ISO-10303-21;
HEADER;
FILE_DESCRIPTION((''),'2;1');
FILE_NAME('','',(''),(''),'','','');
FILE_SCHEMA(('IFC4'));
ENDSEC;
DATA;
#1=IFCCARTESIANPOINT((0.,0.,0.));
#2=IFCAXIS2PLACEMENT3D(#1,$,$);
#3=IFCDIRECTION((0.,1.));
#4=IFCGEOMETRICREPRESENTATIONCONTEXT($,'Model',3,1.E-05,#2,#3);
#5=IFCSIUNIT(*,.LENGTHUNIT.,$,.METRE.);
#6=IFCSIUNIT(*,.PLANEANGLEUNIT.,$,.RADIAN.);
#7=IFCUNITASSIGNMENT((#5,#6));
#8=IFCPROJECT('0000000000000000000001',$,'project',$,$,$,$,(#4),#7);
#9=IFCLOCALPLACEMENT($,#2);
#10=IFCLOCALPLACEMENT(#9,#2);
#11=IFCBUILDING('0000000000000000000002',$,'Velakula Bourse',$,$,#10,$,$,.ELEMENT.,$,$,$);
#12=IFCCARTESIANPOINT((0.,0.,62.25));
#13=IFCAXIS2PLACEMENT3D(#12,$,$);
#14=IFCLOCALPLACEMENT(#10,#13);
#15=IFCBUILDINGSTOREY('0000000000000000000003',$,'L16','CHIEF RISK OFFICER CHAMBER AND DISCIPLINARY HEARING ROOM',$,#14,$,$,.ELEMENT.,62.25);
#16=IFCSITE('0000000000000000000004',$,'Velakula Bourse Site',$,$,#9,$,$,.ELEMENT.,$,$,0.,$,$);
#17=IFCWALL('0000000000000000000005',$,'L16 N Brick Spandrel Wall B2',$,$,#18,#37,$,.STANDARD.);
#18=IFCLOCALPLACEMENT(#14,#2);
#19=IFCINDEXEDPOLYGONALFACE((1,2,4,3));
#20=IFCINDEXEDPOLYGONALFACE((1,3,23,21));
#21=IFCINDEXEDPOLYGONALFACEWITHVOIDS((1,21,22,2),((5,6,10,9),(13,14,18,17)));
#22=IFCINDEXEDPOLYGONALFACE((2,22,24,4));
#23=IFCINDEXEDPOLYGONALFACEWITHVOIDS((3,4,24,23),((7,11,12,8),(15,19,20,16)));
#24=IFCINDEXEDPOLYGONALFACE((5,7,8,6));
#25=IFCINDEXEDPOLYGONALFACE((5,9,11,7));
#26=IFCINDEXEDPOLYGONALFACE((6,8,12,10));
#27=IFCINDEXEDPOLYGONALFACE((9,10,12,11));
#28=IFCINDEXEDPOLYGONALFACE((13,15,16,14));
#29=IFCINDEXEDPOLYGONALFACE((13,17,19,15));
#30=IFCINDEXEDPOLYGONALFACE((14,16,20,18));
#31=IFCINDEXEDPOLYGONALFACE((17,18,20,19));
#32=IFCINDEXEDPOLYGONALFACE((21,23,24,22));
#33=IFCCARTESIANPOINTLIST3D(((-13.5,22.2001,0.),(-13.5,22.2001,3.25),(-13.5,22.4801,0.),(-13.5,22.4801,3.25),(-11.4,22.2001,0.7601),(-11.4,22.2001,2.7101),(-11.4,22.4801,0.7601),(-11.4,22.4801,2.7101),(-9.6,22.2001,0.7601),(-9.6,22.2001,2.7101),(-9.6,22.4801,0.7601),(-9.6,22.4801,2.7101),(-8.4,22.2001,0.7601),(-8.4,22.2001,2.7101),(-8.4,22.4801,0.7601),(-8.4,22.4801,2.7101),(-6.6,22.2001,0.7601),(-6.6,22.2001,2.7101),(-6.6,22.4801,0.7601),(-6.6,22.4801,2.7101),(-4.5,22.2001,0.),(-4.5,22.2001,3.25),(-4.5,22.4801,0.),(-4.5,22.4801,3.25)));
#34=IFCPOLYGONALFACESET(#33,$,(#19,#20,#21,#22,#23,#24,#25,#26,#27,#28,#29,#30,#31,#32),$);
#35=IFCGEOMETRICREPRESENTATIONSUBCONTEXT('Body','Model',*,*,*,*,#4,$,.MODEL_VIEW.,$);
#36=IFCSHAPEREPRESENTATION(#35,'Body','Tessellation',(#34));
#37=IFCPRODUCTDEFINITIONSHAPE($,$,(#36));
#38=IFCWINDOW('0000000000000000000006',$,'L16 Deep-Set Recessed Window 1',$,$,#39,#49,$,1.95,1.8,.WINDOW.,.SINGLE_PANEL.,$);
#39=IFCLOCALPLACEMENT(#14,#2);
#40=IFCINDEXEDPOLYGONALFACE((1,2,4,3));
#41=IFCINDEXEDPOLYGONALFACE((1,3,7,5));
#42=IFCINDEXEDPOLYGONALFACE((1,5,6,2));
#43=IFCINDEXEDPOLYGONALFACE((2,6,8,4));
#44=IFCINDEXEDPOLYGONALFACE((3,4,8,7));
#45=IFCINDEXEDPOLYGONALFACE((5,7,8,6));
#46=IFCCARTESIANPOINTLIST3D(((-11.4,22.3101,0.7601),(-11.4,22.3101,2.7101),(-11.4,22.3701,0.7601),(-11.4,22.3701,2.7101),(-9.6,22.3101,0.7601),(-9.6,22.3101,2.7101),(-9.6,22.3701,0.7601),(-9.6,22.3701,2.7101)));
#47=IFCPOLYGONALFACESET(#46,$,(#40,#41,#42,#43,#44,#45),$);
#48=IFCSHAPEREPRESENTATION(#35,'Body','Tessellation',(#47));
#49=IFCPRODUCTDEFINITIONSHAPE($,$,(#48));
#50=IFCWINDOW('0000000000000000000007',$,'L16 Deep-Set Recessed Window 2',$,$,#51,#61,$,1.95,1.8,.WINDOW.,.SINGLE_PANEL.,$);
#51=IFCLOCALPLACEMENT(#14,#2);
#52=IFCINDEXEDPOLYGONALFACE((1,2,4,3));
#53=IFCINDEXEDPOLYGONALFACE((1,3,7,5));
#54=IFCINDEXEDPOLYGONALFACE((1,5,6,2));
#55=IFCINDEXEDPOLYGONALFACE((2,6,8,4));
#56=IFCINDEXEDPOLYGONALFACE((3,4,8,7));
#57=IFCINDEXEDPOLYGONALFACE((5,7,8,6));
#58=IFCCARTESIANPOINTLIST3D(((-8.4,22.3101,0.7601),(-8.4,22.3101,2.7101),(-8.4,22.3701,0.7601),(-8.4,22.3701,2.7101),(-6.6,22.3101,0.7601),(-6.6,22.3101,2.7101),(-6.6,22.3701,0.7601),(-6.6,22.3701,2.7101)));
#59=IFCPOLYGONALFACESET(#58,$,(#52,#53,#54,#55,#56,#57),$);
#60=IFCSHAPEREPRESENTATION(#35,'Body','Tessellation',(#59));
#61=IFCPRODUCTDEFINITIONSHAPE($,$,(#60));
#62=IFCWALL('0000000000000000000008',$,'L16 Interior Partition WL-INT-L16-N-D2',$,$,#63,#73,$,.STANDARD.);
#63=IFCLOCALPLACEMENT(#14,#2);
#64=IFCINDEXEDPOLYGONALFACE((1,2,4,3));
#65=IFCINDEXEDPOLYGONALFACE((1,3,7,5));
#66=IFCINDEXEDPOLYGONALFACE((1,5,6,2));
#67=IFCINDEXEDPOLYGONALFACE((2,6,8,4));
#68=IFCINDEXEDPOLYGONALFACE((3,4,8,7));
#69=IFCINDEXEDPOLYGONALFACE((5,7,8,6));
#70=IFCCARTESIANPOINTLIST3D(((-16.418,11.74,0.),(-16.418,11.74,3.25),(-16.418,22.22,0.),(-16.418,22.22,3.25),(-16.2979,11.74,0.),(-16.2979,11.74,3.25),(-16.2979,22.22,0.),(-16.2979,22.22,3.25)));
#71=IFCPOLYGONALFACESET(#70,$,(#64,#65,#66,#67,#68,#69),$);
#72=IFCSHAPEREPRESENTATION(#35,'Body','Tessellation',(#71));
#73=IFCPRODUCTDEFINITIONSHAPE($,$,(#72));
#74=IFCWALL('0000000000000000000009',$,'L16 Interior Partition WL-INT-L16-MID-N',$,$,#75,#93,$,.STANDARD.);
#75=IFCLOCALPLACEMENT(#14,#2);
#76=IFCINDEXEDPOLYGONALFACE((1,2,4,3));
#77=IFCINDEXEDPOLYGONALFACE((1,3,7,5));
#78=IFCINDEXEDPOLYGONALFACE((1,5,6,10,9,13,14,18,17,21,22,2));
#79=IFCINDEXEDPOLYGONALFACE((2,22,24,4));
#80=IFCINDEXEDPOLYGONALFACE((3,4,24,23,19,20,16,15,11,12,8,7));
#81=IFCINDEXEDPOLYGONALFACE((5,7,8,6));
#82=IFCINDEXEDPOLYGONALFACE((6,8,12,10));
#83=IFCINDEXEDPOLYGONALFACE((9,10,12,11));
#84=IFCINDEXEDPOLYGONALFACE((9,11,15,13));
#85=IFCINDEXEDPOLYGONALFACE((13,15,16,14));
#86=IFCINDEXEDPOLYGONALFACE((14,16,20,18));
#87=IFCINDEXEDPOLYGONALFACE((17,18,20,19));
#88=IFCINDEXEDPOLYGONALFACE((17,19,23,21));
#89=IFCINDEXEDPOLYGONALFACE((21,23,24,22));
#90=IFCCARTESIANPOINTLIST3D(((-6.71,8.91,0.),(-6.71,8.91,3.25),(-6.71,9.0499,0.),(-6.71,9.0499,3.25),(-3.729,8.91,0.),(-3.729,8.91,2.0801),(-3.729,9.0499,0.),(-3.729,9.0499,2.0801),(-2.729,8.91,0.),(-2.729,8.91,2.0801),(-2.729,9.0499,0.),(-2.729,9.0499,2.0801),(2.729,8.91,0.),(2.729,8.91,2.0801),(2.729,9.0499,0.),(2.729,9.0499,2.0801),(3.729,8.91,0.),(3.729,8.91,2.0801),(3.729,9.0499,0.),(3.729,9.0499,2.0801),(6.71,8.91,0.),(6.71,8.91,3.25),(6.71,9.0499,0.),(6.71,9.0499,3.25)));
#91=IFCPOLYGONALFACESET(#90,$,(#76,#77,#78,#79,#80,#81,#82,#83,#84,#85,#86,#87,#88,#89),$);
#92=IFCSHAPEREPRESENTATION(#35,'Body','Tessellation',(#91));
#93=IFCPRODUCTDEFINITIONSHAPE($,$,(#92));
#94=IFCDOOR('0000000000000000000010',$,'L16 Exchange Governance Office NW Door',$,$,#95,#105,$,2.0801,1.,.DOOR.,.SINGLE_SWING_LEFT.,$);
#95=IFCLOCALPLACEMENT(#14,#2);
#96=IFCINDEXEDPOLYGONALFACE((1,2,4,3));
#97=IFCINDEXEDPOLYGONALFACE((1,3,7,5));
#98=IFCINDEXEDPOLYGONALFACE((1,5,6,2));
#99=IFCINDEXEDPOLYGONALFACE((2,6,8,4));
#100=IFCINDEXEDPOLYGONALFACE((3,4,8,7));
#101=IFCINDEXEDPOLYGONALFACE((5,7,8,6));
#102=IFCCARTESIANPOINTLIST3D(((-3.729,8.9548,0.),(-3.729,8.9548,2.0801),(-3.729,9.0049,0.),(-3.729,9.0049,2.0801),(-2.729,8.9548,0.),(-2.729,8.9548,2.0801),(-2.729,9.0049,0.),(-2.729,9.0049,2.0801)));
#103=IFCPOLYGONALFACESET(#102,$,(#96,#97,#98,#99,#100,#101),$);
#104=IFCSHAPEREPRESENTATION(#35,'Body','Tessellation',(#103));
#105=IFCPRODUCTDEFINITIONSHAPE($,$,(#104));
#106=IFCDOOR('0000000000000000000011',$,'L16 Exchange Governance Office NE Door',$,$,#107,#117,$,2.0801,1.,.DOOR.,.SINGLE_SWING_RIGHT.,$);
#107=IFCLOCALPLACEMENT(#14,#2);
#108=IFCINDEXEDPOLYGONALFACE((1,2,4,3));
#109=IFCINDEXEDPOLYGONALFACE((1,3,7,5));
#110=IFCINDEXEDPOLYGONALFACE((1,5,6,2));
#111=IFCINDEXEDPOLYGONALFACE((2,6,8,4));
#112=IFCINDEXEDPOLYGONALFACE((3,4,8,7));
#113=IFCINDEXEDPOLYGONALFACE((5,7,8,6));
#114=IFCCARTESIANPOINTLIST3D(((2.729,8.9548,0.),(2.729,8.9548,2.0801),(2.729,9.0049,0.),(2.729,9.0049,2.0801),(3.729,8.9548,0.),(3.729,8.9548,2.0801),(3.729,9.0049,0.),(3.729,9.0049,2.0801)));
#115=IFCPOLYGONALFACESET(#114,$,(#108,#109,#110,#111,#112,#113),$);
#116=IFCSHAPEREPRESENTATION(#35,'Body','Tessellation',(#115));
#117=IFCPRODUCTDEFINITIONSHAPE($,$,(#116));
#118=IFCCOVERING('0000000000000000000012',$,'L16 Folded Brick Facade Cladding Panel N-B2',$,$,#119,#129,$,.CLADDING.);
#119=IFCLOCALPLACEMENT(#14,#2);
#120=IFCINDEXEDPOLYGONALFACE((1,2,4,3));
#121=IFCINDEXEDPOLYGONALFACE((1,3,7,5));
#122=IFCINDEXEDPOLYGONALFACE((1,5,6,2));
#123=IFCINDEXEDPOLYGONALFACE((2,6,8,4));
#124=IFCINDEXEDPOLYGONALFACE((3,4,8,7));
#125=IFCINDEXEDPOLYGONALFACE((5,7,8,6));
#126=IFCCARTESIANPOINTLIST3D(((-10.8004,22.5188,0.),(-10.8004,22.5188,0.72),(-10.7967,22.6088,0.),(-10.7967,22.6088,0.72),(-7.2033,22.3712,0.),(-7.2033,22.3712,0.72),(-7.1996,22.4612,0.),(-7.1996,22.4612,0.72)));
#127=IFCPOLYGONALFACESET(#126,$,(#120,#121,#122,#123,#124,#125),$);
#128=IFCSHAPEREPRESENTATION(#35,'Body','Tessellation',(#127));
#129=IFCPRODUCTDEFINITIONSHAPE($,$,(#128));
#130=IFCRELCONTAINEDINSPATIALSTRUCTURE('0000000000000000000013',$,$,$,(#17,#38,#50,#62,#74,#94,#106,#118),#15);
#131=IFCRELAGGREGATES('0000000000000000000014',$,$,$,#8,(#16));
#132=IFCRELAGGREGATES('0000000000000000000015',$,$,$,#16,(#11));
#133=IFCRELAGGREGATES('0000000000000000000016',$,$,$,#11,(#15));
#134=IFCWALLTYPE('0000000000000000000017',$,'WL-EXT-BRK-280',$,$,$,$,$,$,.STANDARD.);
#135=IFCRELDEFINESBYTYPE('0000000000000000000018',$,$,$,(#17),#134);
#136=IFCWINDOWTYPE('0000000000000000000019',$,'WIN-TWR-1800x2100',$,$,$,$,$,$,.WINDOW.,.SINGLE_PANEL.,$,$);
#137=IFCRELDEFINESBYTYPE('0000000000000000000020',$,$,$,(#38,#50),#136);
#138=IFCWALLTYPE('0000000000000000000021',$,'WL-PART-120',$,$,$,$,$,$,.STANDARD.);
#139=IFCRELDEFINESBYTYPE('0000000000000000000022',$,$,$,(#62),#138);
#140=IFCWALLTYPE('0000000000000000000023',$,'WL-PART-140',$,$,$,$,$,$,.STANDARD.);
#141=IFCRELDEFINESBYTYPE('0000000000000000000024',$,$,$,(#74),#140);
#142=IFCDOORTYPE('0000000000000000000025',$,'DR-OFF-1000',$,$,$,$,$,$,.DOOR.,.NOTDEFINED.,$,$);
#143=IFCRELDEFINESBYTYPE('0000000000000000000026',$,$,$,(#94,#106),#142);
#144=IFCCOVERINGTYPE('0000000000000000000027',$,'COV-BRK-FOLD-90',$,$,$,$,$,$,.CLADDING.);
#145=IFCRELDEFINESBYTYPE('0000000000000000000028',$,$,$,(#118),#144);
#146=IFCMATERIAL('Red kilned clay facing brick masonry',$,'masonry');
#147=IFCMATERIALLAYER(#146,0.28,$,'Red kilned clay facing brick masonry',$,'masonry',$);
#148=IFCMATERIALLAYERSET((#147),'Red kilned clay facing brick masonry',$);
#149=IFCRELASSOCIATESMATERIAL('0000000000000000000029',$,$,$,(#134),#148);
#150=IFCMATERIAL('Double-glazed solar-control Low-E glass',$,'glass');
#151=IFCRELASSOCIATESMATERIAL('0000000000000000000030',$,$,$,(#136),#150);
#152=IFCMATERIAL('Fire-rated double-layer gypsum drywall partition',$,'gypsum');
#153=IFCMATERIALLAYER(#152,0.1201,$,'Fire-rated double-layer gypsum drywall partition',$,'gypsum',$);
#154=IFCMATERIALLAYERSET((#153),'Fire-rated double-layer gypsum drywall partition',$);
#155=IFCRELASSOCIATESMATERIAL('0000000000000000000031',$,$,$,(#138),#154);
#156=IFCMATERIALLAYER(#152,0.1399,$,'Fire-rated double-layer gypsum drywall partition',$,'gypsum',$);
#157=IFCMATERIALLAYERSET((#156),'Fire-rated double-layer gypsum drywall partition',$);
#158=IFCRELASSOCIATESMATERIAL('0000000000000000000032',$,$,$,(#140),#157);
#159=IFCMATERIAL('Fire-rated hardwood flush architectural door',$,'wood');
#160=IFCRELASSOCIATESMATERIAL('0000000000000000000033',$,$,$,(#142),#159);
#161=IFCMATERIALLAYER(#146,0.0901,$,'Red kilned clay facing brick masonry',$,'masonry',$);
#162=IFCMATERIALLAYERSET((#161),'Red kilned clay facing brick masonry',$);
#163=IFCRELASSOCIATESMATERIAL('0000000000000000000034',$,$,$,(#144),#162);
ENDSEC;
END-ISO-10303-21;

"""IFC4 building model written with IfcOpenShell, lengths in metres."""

from ifc_helpers import new_model, si_unit, direction, frame, frame_2d, origin, origin_2d, place, context, subcontext, project, spatial, rectangle, extrude, material, layer, layer_set, type_object, element, fill, save


model = new_model("IFC4")

# Units and contexts
model_context = context("Model", 3, precision=1e-05, world=origin(), true_north=direction((0.0, 1.0)))
body_context = subcontext(model_context, "Body", "Model", "MODEL_VIEW")
ifc_project = project(units=[si_unit("LENGTHUNIT", "METRE"), si_unit("PLANEANGLEUNIT", "RADIAN")], contexts=[model_context])

# Site, building, storey
site_placement = place(None, origin())
site = spatial("IfcSite", under=ifc_project, at=site_placement, Name="Velakula Bourse Site", CompositionType="ELEMENT", RefElevation=0.0)
building_placement = place(site_placement, origin())
building = spatial("IfcBuilding", under=site, at=building_placement, Name="Velakula Bourse", CompositionType="ELEMENT")
storey_placement = place(building_placement, frame((0.0, 0.0, 62.25)))
storey = spatial("IfcBuildingStorey", under=building, at=storey_placement, Name="L16", Description="CHIEF RISK OFFICER CHAMBER AND DISCIPLINARY HEARING ROOM", CompositionType="ELEMENT", Elevation=62.25)

# Wall, openings, windows
ifc_material_1 = material(Name="Red kilned clay facing brick masonry", Category="masonry")
ifc_layer_1 = layer(ifc_material_1, 0.28, Name="Red kilned clay facing brick masonry", Category="masonry")
ifc_layer_set_1 = layer_set([ifc_layer_1], Name="Red kilned clay facing brick masonry")
wall_type_1 = type_object("IfcWallType", Name="WL-EXT-BRK-280", PredefinedType="STANDARD", material=ifc_layer_set_1)
wall_1_placement = place(storey_placement, frame((-13.5, 22.3401, 0.0), z_axis=(0.0, 0.0, 1.0), x_axis=(1.0, 0.0, 0.0)))
wall_1 = element("IfcWall", 1, at=wall_1_placement, inside=storey, type_object=wall_type_1, Name="L16 N Brick Spandrel Wall B2", PredefinedType="STANDARD", context=body_context, shape_type="SweptSolid", body=[
    extrude(rectangle(XDim=9.0, YDim=0.28, at=frame_2d((4.5, 0.0))), origin(), (0.0, 0.0, 1.0), 3.25),
])
opening_1_placement = place(wall_1_placement, frame((2.1001, 0.0, 0.76)))
opening_1 = element("IfcOpeningElement", 2, at=opening_1_placement, cuts=wall_1, PredefinedType="OPENING", context=body_context, shape_type="SweptSolid", body=[
    extrude(rectangle(XDim=1.8, YDim=1.95, at=frame_2d((0.8999, 0.9751))), frame((0.0, 0.1499, 0.0), z_axis=(0.0, -1.0, 0.0), x_axis=(1.0, 0.0, 0.0)), (0.0, 0.0, 1.0), 0.3),
])
opening_2_placement = place(wall_1_placement, frame((5.1001, 0.0, 0.76)))
opening_2 = element("IfcOpeningElement", 3, at=opening_2_placement, cuts=wall_1, PredefinedType="OPENING", context=body_context, shape_type="SweptSolid", body=[
    extrude(rectangle(XDim=1.8, YDim=1.95, at=frame_2d((0.8999, 0.9751))), frame((0.0, 0.1499, 0.0), z_axis=(0.0, -1.0, 0.0), x_axis=(1.0, 0.0, 0.0)), (0.0, 0.0, 1.0), 0.3),
])
ifc_material_2 = material(Name="Double-glazed solar-control Low-E glass", Category="glass")
window_type = type_object("IfcWindowType", Name="WIN-TWR-1800x2100", PartitioningType="SINGLE_PANEL", PredefinedType="WINDOW", material=ifc_material_2)
window_1_placement = place(opening_1_placement, origin())
window_1 = element("IfcWindow", 4, at=window_1_placement, inside=storey, type_object=window_type, Name="L16 Deep-Set Recessed Window 1", OverallHeight=1.95, OverallWidth=1.8, PartitioningType="SINGLE_PANEL", PredefinedType="WINDOW", context=body_context, shape_type="SweptSolid", body=[
    extrude(rectangle(XDim=1.8, YDim=1.95, at=frame_2d((0.8999, 0.9751))), frame((0.0, 0.03, 0.0), z_axis=(0.0, -1.0, 0.0), x_axis=(1.0, 0.0, 0.0)), (0.0, 0.0, 1.0), 0.0601),
])
fill(opening_1, window_1)
window_2_placement = place(opening_2_placement, origin())
window_2 = element("IfcWindow", 5, at=window_2_placement, inside=storey, type_object=window_type, Name="L16 Deep-Set Recessed Window 2", OverallHeight=1.95, OverallWidth=1.8, PartitioningType="SINGLE_PANEL", PredefinedType="WINDOW", context=body_context, shape_type="SweptSolid", body=[
    extrude(rectangle(XDim=1.8, YDim=1.95, at=frame_2d((0.8999, 0.9751))), frame((0.0, 0.03, 0.0), z_axis=(0.0, -1.0, 0.0), x_axis=(1.0, 0.0, 0.0)), (0.0, 0.0, 1.0), 0.0601),
])
fill(opening_2, window_2)

# Wall
ifc_material_3 = material(Name="Fire-rated double-layer gypsum drywall partition", Category="gypsum")
ifc_layer_2 = layer(ifc_material_3, 0.1201, Name="Fire-rated double-layer gypsum drywall partition", Category="gypsum")
ifc_layer_set_2 = layer_set([ifc_layer_2], Name="Fire-rated double-layer gypsum drywall partition")
wall_type_2 = type_object("IfcWallType", Name="WL-PART-120", PredefinedType="STANDARD", material=ifc_layer_set_2)
wall_2_placement = place(storey_placement, frame((-16.3579, 11.74, 0.0), z_axis=(0.0, 0.0, 1.0), x_axis=(0.0, 1.0, 0.0)))
element("IfcWall", 6, at=wall_2_placement, inside=storey, type_object=wall_type_2, Name="L16 Interior Partition WL-INT-L16-N-D2", PredefinedType="STANDARD", context=body_context, shape_type="SweptSolid", body=[
    extrude(rectangle(XDim=10.48, YDim=0.1201, at=frame_2d((5.24, 0.0))), origin(), (0.0, 0.0, 1.0), 3.25),
])

# Wall, openings, doors
ifc_layer_3 = layer(ifc_material_3, 0.1399, Name="Fire-rated double-layer gypsum drywall partition", Category="gypsum")
ifc_layer_set_3 = layer_set([ifc_layer_3], Name="Fire-rated double-layer gypsum drywall partition")
wall_type_3 = type_object("IfcWallType", Name="WL-PART-140", PredefinedType="STANDARD", material=ifc_layer_set_3)
wall_3_placement = place(storey_placement, frame((-6.71, 8.98, 0.0), z_axis=(0.0, 0.0, 1.0), x_axis=(1.0, 0.0, 0.0)))
wall_3 = element("IfcWall", 7, at=wall_3_placement, inside=storey, type_object=wall_type_3, Name="L16 Interior Partition WL-INT-L16-MID-N", PredefinedType="STANDARD", context=body_context, shape_type="SweptSolid", body=[
    extrude(rectangle(XDim=13.4199, YDim=0.1399, at=frame_2d((6.71, 0.0))), origin(), (0.0, 0.0, 1.0), 3.25),
])
opening_3_placement = place(wall_3_placement, frame((2.981, 0.0, 0.0)))
opening_3 = element("IfcOpeningElement", 8, at=opening_3_placement, cuts=wall_3, PredefinedType="OPENING", context=body_context, shape_type="SweptSolid", body=[
    extrude(rectangle(XDim=1.0, YDim=2.0801, at=frame_2d((0.5, 1.04))), frame((0.0, 0.0798, 0.0), z_axis=(0.0, -1.0, 0.0), x_axis=(1.0, 0.0, 0.0)), (0.0, 0.0, 1.0), 0.1599),
])
opening_4_placement = place(wall_3_placement, frame((9.439, 0.0, 0.0)))
opening_4 = element("IfcOpeningElement", 9, at=opening_4_placement, cuts=wall_3, PredefinedType="OPENING", context=body_context, shape_type="SweptSolid", body=[
    extrude(rectangle(XDim=1.0, YDim=2.0801, at=frame_2d((0.5, 1.04))), frame((0.0, 0.0798, 0.0), z_axis=(0.0, -1.0, 0.0), x_axis=(1.0, 0.0, 0.0)), (0.0, 0.0, 1.0), 0.1599),
])
ifc_material_4 = material(Name="Fire-rated hardwood flush architectural door", Category="wood")
door_type = type_object("IfcDoorType", Name="DR-OFF-1000", OperationType="NOTDEFINED", PredefinedType="DOOR", material=ifc_material_4)
door_1_placement = place(opening_3_placement, origin())
door_1 = element("IfcDoor", 10, at=door_1_placement, inside=storey, type_object=door_type, Name="L16 Exchange Governance Office NW Door", OperationType="SINGLE_SWING_LEFT", OverallHeight=2.0801, OverallWidth=1.0, PredefinedType="DOOR", context=body_context, shape_type="SweptSolid", body=[
    extrude(rectangle(XDim=1.0, YDim=2.0801, at=frame_2d((0.5, 1.04))), frame((0.0, 0.0249, 0.0), z_axis=(0.0, -1.0, 0.0), x_axis=(1.0, 0.0, 0.0)), (0.0, 0.0, 1.0), 0.05),
])
fill(opening_3, door_1)
door_2_placement = place(opening_4_placement, origin())
door_2 = element("IfcDoor", 11, at=door_2_placement, inside=storey, type_object=door_type, Name="L16 Exchange Governance Office NE Door", OperationType="SINGLE_SWING_RIGHT", OverallHeight=2.0801, OverallWidth=1.0, PredefinedType="DOOR", context=body_context, shape_type="SweptSolid", body=[
    extrude(rectangle(XDim=1.0, YDim=2.0801, at=frame_2d((0.5, 1.04))), frame((0.0, 0.0249, 0.0), z_axis=(0.0, -1.0, 0.0), x_axis=(1.0, 0.0, 0.0)), (0.0, 0.0, 1.0), 0.05),
])
fill(opening_4, door_2)

# Covering
ifc_layer_4 = layer(ifc_material_1, 0.0901, Name="Red kilned clay facing brick masonry", Category="masonry")
ifc_layer_set_4 = layer_set([ifc_layer_4], Name="Red kilned clay facing brick masonry")
covering_type = type_object("IfcCoveringType", Name="COV-BRK-FOLD-90", PredefinedType="CLADDING", material=ifc_layer_set_4)
covering_placement = place(storey_placement, frame((-9.0, 22.49, 0.0), z_axis=(0.0, 0.0, 1.0), x_axis=(0.999159, -0.041004, 0.0)))
element("IfcCovering", 12, at=covering_placement, inside=storey, type_object=covering_type, Name="L16 Folded Brick Facade Cladding Panel N-B2", PredefinedType="CLADDING", context=body_context, shape_type="SweptSolid", body=[
    extrude(rectangle(XDim=3.6001, YDim=0.0901, at=origin_2d()), origin(), (0.0, 0.0, 1.0), 0.72),
])

save(model, "model.ifc")
